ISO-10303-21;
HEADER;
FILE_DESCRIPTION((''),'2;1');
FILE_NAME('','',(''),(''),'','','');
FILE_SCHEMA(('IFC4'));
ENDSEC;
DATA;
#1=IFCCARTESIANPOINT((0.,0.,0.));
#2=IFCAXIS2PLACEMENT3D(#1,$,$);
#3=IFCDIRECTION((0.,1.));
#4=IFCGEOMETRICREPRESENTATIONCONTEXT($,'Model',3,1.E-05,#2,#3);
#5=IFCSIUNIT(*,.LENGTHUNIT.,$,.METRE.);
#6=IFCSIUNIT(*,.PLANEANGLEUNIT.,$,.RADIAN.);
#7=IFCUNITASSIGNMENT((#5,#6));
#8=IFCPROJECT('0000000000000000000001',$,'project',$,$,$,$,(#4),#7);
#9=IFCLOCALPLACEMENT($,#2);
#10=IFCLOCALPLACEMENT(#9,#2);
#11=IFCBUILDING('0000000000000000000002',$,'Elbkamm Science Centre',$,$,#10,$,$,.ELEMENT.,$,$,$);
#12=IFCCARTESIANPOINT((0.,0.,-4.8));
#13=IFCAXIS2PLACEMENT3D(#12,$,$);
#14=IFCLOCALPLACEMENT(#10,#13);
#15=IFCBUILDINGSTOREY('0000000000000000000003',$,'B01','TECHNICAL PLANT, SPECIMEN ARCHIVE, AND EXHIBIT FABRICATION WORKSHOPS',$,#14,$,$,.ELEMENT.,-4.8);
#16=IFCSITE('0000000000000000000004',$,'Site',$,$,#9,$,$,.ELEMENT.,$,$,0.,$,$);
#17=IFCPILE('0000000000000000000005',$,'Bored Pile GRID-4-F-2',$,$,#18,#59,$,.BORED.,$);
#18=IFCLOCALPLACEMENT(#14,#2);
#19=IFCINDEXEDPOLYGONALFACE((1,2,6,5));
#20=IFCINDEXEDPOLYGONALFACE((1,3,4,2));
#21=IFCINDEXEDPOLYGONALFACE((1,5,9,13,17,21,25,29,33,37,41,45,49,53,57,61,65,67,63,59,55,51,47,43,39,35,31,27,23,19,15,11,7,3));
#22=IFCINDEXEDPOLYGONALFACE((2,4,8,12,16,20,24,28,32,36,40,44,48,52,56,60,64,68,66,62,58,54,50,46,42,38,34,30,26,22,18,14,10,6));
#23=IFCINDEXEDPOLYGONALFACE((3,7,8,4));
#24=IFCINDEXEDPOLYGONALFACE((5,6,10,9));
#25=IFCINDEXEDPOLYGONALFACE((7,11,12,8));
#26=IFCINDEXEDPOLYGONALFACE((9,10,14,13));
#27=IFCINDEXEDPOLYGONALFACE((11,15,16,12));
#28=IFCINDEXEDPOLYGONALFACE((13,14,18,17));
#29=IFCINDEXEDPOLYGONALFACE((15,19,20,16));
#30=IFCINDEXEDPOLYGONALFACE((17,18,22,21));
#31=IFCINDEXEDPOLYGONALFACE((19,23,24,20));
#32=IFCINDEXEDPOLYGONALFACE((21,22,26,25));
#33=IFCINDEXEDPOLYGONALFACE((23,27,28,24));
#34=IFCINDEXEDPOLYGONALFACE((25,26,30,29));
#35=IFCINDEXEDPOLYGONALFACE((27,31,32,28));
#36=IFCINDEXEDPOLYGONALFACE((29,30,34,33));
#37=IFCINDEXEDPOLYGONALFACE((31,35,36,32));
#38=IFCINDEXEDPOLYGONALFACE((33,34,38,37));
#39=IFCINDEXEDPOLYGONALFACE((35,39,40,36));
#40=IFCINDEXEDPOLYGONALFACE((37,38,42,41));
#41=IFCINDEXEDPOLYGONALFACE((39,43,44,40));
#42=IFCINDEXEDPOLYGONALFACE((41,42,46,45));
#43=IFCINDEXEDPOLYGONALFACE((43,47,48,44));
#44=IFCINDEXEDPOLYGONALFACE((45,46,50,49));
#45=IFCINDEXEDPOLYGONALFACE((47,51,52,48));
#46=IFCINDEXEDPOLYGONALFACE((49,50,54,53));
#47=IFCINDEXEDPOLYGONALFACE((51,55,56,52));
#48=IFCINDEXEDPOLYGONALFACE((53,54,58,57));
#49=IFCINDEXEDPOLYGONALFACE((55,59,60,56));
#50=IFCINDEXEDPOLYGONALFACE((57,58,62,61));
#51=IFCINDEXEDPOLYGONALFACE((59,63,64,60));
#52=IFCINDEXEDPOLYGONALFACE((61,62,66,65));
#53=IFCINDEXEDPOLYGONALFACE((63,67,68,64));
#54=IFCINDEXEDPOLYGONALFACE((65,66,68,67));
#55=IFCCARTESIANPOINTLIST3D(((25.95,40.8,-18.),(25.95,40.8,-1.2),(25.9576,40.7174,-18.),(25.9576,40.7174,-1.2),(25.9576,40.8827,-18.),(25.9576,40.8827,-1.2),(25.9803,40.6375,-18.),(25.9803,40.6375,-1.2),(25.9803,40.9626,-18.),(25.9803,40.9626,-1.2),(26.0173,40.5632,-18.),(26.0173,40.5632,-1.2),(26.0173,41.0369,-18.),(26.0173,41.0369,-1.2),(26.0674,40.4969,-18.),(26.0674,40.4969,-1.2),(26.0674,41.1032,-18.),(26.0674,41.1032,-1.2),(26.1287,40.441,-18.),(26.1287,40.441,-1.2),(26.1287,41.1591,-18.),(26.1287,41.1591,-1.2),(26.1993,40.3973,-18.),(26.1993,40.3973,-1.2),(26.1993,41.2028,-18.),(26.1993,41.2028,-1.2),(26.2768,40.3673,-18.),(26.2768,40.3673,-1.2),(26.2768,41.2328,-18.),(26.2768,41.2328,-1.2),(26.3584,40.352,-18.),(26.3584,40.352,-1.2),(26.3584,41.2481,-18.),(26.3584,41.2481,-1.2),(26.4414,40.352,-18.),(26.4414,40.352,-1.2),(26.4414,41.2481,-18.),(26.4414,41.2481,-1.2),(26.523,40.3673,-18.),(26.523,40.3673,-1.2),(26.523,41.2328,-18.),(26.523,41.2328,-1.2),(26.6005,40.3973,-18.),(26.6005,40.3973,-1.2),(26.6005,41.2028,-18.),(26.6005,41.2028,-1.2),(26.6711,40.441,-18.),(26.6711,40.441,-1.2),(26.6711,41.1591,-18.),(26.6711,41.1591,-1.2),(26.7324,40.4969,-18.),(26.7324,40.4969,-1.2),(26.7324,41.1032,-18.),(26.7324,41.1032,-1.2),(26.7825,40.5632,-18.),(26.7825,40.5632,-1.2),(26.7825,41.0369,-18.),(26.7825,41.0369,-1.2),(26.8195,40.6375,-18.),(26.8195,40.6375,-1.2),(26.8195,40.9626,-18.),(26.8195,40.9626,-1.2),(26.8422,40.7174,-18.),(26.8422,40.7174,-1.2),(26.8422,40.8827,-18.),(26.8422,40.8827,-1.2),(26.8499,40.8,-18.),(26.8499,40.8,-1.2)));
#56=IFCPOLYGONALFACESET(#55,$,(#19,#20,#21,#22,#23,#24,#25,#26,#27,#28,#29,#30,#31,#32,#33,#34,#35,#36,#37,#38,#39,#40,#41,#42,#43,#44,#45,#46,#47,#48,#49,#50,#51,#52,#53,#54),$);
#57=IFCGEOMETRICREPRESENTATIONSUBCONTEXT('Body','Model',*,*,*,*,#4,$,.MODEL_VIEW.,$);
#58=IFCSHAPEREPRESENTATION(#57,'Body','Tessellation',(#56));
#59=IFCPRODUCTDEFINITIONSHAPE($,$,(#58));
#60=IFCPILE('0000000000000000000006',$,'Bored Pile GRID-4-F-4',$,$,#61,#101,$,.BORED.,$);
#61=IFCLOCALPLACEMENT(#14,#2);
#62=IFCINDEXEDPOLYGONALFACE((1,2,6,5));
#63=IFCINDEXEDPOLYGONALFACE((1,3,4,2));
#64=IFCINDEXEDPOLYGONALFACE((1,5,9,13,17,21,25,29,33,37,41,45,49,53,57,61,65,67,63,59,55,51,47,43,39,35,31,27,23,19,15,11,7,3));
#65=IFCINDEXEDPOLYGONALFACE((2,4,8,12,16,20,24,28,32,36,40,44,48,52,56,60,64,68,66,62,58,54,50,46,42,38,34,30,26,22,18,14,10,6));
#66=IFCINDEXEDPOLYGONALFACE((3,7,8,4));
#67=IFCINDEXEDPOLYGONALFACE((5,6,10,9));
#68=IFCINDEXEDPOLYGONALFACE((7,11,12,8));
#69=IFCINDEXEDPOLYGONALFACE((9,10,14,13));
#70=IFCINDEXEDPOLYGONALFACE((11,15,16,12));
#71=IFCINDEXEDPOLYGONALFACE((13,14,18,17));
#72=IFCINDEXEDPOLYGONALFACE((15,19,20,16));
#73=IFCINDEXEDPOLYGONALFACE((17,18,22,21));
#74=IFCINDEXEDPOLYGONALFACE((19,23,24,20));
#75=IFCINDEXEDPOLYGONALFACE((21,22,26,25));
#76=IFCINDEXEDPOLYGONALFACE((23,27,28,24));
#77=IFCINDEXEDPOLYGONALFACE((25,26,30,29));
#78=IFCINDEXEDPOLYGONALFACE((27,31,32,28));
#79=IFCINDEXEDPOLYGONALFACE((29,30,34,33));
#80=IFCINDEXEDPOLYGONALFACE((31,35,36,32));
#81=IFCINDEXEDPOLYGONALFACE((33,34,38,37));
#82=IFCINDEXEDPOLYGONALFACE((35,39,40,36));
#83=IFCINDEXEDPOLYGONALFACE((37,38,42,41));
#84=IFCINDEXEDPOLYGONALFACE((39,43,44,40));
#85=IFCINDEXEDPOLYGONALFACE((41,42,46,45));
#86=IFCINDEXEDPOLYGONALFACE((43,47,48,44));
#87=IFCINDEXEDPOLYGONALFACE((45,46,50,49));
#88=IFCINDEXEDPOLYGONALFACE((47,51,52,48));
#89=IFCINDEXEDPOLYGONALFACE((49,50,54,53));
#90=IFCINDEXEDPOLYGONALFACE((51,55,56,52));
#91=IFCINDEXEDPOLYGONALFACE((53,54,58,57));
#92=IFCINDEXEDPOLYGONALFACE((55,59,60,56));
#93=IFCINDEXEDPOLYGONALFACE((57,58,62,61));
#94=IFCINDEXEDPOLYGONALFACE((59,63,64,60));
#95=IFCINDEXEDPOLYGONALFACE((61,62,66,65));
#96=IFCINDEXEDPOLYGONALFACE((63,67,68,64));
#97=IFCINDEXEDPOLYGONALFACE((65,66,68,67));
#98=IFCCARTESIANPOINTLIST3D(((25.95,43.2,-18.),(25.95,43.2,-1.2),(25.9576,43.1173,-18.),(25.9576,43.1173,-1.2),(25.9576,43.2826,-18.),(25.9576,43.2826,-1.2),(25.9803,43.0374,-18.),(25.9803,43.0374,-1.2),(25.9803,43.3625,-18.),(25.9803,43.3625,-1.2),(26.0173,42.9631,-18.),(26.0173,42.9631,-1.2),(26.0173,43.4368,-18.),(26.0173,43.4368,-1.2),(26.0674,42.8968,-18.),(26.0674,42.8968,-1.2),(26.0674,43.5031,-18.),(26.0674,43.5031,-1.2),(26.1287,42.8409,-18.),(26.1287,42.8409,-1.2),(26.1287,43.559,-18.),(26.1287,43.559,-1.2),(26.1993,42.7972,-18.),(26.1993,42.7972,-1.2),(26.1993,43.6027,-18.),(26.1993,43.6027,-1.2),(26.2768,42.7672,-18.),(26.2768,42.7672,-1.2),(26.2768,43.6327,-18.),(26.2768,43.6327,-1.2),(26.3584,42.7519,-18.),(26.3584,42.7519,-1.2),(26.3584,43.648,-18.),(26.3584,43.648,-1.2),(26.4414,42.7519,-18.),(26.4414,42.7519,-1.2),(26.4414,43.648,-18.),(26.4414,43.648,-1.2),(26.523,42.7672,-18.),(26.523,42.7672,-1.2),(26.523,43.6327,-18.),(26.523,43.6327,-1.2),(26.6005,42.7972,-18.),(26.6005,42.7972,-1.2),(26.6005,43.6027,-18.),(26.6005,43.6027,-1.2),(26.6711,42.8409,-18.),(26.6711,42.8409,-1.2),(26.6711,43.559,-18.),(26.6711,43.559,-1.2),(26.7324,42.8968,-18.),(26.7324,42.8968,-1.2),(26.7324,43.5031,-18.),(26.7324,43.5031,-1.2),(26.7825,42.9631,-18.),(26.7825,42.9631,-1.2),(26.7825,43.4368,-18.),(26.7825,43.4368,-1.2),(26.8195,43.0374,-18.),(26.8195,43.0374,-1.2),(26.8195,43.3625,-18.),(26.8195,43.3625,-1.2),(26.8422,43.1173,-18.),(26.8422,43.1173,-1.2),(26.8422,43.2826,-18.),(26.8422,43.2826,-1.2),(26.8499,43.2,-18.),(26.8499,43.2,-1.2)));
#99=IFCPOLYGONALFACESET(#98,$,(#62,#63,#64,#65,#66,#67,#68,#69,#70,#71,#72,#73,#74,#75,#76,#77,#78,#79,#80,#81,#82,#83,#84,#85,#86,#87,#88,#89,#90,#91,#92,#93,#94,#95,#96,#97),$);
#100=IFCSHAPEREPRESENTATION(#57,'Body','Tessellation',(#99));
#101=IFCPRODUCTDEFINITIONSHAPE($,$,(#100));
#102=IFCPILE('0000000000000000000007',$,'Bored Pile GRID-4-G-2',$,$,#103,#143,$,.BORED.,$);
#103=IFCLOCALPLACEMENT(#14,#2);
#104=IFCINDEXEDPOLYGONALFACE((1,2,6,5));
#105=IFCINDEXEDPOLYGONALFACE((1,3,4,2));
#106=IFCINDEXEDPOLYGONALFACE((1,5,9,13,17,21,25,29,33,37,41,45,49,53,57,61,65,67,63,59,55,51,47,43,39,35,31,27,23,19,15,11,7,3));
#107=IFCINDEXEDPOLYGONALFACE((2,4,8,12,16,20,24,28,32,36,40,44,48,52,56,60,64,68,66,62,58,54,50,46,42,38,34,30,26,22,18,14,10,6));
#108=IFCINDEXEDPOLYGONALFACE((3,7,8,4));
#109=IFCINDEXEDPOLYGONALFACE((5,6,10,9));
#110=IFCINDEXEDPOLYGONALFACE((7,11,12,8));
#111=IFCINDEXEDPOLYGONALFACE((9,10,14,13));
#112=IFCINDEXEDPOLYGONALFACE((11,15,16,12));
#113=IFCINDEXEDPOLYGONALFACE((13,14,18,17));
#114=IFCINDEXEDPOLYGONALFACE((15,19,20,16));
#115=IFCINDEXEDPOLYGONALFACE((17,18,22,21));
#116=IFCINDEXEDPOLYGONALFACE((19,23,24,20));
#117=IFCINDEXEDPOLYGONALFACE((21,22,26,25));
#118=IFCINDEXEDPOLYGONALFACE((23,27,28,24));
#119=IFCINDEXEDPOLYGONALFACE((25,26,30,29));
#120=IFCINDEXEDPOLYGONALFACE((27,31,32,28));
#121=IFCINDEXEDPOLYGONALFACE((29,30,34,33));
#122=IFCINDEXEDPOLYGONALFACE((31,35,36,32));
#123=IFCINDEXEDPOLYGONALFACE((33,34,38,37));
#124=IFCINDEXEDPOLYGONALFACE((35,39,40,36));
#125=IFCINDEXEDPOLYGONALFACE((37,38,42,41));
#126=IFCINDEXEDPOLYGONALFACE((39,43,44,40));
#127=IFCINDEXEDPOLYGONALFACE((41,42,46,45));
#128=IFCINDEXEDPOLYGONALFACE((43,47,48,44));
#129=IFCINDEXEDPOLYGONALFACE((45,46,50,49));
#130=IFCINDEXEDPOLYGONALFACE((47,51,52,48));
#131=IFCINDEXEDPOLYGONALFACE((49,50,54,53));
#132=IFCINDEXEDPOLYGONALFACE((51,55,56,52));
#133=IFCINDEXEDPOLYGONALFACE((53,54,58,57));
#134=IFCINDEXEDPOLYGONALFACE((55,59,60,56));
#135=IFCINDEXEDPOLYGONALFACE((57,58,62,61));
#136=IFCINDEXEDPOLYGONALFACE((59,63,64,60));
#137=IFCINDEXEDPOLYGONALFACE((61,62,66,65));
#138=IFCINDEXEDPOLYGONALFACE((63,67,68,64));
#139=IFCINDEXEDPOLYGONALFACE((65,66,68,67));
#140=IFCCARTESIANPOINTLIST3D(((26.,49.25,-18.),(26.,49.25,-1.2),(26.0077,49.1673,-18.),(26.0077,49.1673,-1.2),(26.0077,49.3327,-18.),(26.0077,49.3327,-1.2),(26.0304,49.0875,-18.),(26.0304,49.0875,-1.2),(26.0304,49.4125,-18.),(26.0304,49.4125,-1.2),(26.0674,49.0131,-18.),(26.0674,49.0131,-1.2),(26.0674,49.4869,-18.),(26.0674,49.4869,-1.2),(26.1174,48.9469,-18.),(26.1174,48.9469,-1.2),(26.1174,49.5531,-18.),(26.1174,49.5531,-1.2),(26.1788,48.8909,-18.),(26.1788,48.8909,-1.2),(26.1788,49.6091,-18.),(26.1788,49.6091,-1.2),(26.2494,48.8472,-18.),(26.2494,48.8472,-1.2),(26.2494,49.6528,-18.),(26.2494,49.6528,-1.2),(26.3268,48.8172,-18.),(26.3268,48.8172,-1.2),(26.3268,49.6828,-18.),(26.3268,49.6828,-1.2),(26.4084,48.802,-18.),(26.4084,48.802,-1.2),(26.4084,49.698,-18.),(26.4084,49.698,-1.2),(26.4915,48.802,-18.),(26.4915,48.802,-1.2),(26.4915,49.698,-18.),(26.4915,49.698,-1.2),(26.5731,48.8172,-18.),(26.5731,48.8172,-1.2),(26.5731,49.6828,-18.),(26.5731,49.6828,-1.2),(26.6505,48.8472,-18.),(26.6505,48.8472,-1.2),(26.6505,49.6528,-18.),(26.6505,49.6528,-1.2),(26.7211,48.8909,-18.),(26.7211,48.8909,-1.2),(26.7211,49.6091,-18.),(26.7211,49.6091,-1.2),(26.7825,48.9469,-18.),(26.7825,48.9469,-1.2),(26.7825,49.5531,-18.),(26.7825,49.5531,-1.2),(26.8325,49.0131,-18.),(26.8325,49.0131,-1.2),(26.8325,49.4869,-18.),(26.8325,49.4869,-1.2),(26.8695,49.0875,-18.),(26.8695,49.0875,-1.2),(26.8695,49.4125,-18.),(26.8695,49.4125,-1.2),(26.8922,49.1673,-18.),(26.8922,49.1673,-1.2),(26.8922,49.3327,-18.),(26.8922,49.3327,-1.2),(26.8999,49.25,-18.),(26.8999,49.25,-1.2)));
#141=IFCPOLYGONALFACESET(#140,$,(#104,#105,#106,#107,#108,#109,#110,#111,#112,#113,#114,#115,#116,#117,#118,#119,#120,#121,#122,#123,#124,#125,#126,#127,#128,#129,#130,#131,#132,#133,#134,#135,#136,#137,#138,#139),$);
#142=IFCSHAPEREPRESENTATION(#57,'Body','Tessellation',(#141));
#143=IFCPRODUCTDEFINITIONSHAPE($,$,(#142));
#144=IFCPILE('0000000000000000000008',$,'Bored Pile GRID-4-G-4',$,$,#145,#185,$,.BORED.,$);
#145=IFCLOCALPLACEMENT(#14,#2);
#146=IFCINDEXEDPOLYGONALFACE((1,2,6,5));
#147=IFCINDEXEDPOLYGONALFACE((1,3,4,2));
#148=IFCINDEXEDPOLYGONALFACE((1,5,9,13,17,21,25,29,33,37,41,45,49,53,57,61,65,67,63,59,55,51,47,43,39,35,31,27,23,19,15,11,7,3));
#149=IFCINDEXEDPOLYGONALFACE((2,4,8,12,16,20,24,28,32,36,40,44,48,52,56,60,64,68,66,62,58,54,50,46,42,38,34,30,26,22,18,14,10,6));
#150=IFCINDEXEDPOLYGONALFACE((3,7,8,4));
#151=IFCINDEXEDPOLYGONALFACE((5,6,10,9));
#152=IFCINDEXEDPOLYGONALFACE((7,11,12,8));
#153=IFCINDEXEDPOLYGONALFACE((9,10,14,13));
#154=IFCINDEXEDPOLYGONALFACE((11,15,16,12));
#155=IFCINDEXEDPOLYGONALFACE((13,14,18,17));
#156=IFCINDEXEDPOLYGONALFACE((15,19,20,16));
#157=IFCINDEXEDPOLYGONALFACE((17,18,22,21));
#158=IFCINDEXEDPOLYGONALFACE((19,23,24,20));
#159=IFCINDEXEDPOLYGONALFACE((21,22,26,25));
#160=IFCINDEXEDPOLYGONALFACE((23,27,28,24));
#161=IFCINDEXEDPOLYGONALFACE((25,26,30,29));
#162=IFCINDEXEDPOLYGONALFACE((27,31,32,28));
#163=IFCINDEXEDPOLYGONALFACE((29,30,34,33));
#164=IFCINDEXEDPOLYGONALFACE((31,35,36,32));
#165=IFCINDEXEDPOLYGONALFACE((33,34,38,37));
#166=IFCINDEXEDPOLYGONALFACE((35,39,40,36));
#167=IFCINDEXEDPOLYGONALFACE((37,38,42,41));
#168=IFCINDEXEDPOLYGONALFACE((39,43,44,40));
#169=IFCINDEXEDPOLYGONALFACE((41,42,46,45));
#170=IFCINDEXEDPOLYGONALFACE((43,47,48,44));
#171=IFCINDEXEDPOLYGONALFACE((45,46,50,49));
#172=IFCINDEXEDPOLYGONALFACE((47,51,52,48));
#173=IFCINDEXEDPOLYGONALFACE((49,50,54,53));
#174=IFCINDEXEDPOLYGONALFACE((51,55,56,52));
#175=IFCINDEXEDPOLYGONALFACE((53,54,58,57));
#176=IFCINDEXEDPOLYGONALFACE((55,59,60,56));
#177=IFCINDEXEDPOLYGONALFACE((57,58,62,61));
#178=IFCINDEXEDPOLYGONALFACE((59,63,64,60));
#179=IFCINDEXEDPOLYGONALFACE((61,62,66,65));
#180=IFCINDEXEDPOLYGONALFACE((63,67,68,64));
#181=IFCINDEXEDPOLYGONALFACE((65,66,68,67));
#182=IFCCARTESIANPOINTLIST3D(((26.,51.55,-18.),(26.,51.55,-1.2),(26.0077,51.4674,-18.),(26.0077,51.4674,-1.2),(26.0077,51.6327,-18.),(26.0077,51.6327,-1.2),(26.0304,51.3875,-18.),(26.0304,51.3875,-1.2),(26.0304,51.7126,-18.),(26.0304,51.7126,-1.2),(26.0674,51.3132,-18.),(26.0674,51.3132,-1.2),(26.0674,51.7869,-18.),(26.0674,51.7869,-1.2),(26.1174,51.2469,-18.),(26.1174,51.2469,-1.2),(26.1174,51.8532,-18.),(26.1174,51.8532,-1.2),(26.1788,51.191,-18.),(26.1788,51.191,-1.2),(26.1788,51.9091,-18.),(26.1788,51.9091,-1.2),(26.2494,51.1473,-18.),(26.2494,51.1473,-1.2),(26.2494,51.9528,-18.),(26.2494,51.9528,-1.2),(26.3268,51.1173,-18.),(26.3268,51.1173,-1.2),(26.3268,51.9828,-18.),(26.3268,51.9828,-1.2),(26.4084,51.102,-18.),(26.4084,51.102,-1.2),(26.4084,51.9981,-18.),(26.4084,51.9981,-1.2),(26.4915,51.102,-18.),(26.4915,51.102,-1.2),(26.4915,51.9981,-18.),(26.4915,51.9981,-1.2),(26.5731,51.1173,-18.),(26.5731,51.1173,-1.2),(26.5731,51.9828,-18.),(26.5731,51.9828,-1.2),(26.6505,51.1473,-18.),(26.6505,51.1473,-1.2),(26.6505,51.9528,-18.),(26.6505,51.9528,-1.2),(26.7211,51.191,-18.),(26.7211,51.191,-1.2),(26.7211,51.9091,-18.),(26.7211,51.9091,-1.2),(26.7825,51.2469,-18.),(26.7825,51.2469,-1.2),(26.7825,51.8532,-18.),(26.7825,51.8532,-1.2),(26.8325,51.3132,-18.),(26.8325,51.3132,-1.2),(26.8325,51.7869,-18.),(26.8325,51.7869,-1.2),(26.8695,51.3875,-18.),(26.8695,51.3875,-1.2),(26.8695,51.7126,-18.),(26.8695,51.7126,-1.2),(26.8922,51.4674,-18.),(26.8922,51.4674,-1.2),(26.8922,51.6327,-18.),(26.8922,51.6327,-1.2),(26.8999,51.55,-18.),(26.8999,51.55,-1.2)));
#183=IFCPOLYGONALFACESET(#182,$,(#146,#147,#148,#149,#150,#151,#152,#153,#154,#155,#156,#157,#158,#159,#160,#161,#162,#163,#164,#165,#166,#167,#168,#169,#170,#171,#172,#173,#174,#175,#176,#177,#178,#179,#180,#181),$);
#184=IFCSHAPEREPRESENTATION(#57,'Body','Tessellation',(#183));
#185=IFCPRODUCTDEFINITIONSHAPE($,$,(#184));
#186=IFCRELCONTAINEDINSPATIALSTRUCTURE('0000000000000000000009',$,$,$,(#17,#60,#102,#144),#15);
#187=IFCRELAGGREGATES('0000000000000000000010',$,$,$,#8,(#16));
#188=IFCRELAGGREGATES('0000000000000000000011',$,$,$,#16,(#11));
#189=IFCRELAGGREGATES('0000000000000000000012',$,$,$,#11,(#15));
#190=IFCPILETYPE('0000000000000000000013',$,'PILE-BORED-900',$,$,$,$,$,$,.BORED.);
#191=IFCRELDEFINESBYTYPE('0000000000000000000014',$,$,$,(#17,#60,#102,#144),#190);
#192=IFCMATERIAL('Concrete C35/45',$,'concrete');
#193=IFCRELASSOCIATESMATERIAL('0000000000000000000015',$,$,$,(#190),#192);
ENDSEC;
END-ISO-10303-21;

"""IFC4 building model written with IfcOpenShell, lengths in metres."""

from ifc_helpers import new_model, si_unit, direction, frame, origin, origin_2d, place, context, subcontext, project, spatial, circle, extrude, material, material_profile, profile_set, type_object, element, save


model = new_model("IFC4")

# Units and contexts
model_context = context("Model", 3, precision=1e-05, world=origin(), true_north=direction((0.0, 1.0)))
body_context = subcontext(model_context, "Body", "Model", "MODEL_VIEW")
ifc_project = project(units=[si_unit("LENGTHUNIT", "METRE"), si_unit("PLANEANGLEUNIT", "RADIAN")], contexts=[model_context])

# Site, building, storey
site_placement = place(None, origin())
site = spatial("IfcSite", under=ifc_project, at=site_placement, Name="Site", CompositionType="ELEMENT", RefElevation=0.0)
building_placement = place(site_placement, origin())
building = spatial("IfcBuilding", under=site, at=building_placement, Name="Elbkamm Science Centre", CompositionType="ELEMENT")
storey_placement = place(building_placement, frame((0.0, 0.0, -4.8)))
storey = spatial("IfcBuildingStorey", under=building, at=storey_placement, Name="B01", Description="TECHNICAL PLANT, SPECIMEN ARCHIVE, AND EXHIBIT FABRICATION WORKSHOPS", CompositionType="ELEMENT", Elevation=-4.8)

# Shared definitions
ifc_material_1 = material(Name="Concrete C35/45", Category="concrete")

# Piles
ifc_material_profile_1 = material_profile(ifc_material_1, circle(Radius=0.45, at=origin_2d()), Name="PILE D900")
ifc_profile_set_1 = profile_set([ifc_material_profile_1], Name="Concrete C35/45")
pile_type = type_object("IfcPileType", Name="PILE-BORED-900", PredefinedType="BORED", material=ifc_profile_set_1)
for number, where, z_axis, x_axis, name in (
    (1, (26.3999, 40.8, -1.2), (0.0, 0.0, -1.0), (1.0, 0.0, 0.0), "Bored Pile GRID-4-F-2"),
    (2, (26.3999, 43.2, -1.2), (0.0, 0.0, -1.0), (1.0, 0.0, 0.0), "Bored Pile GRID-4-F-4"),
    (3, (26.45, 49.25, -1.2), (0.0, 0.0, -1.0), (1.0, 0.0, 0.0), "Bored Pile GRID-4-G-2"),
    (4, (26.45, 51.55, -1.2), (0.0, 0.0, -1.0), (1.0, 0.0, 0.0), "Bored Pile GRID-4-G-4"),
):
    element("IfcPile", number, at=place(storey_placement, frame(where, z_axis=z_axis, x_axis=x_axis)), inside=storey, type_object=pile_type, Name=name, PredefinedType="BORED", context=body_context, shape_type="SweptSolid", body=[
        extrude(circle(Radius=0.45, at=origin_2d()), origin(), (0.0, 0.0, 1.0), 16.8),
    ])

save(model, "model.ifc")
